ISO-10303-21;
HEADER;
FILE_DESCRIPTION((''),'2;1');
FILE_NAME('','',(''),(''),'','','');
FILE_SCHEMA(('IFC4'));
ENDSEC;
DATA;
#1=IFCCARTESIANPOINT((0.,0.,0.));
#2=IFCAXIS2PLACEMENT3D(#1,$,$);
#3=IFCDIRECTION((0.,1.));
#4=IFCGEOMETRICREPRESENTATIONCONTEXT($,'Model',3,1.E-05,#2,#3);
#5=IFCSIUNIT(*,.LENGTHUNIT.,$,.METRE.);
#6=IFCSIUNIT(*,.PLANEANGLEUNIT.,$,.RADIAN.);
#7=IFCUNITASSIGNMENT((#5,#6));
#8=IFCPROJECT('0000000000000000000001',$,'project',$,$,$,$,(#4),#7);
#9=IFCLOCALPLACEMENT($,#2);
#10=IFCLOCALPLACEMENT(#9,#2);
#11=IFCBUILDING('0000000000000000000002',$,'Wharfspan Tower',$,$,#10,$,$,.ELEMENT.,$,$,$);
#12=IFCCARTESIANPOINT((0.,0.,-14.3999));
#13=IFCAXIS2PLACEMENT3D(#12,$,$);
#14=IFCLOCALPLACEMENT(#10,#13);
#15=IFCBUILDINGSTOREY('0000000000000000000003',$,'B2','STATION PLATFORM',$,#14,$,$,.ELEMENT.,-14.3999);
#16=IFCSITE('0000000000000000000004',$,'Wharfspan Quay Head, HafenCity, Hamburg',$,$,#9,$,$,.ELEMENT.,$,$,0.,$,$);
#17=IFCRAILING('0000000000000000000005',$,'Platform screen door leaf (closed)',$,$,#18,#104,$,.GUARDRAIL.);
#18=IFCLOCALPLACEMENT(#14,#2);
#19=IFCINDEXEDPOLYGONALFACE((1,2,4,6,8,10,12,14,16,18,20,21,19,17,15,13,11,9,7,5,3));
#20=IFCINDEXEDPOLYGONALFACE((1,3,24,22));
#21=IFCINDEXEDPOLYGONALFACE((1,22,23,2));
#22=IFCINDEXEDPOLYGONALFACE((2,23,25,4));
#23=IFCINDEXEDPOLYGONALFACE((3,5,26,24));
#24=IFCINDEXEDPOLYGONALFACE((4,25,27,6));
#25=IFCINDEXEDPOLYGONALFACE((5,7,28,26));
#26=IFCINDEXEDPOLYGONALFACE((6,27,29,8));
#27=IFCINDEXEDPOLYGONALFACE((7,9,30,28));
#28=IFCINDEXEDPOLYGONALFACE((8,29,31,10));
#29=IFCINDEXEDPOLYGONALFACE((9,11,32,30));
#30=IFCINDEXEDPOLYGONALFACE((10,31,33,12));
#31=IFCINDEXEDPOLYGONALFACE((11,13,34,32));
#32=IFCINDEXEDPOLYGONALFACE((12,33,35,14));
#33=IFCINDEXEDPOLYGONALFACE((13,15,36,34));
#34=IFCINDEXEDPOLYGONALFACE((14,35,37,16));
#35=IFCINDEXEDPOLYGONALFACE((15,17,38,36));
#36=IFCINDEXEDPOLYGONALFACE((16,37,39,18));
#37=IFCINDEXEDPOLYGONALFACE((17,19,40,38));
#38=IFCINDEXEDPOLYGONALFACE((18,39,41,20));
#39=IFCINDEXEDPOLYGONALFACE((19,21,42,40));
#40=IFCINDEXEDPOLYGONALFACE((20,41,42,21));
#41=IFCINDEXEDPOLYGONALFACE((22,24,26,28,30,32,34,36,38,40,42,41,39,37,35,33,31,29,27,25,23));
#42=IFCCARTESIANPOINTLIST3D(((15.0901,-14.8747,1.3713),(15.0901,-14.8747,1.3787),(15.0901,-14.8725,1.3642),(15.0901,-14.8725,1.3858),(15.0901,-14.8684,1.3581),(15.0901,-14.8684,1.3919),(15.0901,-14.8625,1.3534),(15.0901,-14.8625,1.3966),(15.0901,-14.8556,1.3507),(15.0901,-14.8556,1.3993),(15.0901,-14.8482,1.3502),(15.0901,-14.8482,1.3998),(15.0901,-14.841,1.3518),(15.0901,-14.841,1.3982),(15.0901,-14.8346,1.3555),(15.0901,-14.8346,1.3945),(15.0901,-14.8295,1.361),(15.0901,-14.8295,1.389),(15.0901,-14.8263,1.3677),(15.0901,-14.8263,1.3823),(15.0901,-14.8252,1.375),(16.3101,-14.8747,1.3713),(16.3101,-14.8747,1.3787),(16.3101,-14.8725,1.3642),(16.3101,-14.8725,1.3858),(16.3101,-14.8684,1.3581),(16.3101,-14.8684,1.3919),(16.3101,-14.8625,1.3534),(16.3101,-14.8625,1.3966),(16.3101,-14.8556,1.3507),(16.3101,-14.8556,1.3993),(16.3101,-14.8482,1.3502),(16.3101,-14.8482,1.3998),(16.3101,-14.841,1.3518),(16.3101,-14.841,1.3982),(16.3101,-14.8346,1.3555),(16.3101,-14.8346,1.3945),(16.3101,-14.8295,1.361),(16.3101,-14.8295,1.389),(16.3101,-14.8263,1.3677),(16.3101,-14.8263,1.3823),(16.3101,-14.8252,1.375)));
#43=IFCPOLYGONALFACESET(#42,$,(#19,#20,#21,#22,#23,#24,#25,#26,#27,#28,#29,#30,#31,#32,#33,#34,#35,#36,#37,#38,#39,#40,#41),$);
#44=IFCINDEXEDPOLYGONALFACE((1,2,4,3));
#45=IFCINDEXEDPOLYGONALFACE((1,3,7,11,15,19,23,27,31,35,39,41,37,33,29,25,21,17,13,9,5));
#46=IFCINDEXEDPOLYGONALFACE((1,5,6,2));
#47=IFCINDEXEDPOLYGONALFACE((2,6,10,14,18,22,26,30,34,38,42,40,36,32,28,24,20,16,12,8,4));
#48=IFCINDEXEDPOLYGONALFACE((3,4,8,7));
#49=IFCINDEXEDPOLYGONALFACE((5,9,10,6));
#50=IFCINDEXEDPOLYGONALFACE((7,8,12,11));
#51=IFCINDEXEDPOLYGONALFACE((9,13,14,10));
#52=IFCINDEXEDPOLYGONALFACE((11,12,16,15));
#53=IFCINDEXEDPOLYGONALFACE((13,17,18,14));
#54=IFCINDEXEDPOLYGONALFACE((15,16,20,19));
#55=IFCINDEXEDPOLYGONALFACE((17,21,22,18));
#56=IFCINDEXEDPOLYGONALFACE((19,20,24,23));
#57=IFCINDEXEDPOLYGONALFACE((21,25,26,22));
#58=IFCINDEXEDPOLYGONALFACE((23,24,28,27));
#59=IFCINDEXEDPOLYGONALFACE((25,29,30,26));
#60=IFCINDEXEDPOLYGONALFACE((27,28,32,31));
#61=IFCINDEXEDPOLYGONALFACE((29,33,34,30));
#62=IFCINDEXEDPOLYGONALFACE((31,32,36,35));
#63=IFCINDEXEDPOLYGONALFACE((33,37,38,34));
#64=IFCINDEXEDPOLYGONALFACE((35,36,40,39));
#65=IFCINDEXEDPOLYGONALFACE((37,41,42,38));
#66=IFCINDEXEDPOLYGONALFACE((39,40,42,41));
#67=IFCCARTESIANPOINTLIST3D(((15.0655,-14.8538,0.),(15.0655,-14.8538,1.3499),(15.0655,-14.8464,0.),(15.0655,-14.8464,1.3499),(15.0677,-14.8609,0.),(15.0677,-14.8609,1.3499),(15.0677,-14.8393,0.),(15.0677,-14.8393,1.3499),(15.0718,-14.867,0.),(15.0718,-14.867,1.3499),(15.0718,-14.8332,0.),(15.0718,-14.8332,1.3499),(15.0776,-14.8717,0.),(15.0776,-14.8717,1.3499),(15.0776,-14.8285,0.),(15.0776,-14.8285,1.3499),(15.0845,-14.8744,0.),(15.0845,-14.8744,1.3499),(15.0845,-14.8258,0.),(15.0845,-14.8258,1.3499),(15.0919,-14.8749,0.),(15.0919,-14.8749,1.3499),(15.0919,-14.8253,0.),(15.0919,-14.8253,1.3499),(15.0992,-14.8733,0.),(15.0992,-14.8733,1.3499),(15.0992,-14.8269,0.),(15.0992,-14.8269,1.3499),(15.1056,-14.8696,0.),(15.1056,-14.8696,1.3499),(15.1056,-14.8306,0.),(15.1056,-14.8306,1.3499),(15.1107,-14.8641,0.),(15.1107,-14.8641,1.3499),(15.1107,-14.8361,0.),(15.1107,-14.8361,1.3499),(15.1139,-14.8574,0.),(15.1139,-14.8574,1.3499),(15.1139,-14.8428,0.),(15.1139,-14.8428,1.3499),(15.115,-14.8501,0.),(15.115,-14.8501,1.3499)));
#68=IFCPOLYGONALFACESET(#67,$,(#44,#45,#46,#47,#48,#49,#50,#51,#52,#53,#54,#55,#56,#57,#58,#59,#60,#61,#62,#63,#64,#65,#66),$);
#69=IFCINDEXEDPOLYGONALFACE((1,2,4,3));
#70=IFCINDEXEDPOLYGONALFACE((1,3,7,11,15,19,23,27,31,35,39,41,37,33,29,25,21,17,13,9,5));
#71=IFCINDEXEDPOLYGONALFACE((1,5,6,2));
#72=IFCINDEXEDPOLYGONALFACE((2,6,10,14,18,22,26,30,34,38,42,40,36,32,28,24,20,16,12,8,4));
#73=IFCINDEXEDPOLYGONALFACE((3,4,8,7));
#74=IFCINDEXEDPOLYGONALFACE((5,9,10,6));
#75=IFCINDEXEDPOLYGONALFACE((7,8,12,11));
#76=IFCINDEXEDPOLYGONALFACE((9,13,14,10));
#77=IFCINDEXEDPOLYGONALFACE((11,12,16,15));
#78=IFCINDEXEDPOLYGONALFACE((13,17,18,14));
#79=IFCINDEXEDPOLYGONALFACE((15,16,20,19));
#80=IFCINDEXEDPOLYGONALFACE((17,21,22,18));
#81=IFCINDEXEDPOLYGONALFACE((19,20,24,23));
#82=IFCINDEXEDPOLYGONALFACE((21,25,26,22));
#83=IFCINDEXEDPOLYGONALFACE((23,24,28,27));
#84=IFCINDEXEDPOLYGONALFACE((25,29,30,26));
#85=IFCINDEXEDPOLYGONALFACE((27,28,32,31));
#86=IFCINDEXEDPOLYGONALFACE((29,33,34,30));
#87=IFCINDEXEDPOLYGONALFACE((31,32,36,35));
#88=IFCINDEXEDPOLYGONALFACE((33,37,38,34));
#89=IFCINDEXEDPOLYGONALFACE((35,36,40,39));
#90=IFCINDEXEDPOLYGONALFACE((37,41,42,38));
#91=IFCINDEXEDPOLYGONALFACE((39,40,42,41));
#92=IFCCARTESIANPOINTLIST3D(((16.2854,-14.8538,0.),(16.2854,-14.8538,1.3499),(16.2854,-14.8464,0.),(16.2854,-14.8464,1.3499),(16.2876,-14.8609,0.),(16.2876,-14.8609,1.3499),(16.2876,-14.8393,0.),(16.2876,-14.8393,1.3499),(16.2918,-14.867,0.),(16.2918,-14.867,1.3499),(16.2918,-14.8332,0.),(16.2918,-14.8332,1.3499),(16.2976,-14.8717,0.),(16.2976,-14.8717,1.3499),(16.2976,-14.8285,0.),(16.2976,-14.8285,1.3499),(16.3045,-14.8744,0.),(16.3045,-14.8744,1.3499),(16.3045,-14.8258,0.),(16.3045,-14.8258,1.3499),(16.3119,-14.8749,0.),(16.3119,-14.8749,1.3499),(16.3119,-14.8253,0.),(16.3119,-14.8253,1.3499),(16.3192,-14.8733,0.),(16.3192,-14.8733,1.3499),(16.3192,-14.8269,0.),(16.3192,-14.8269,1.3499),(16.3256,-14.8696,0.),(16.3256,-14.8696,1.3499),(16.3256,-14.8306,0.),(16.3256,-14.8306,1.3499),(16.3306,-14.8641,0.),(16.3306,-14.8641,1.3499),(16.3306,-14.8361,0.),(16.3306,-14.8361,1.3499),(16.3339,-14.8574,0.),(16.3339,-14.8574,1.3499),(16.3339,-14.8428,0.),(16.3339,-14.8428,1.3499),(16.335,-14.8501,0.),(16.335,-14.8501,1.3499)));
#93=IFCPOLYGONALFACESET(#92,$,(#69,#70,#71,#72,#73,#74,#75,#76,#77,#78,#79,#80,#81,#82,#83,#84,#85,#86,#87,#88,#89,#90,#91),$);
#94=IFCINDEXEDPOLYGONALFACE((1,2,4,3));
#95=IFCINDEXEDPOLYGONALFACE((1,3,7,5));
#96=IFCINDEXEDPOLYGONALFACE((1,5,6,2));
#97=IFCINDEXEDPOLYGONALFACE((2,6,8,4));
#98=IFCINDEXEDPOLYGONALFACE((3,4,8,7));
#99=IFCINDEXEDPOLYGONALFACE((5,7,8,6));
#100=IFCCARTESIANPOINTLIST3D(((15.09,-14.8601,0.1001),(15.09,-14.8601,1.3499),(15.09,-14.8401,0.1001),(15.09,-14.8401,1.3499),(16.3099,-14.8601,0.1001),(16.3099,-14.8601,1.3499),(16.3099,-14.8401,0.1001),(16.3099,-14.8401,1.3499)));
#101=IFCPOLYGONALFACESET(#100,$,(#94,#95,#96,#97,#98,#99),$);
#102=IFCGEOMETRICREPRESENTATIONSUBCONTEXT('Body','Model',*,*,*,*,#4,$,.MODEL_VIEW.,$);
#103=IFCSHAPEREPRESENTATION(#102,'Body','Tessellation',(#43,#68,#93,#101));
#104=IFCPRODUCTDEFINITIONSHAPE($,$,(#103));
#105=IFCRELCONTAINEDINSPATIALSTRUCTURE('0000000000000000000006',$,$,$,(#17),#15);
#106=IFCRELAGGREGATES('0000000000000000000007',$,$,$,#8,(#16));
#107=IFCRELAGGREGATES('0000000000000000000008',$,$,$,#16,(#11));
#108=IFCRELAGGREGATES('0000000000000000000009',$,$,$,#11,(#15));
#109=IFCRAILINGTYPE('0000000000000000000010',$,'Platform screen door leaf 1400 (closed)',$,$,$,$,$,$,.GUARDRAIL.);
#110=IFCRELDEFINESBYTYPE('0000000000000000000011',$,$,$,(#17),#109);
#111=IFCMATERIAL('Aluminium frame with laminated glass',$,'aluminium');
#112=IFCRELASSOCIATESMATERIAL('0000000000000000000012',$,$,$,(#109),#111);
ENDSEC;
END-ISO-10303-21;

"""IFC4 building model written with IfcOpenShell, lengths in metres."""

from ifc_helpers import new_model, si_unit, direction, frame, origin, origin_2d, place, context, subcontext, project, spatial, rectangle, circle, extrude, material, type_object, element, save


model = new_model("IFC4")

# Units and contexts
model_context = context("Model", 3, precision=1e-05, world=origin(), true_north=direction((0.0, 1.0)))
body_context = subcontext(model_context, "Body", "Model", "MODEL_VIEW")
ifc_project = project(units=[si_unit("LENGTHUNIT", "METRE"), si_unit("PLANEANGLEUNIT", "RADIAN")], contexts=[model_context])

# Site, building, storey
site_placement = place(None, origin())
site = spatial("IfcSite", under=ifc_project, at=site_placement, Name="Wharfspan Quay Head, HafenCity, Hamburg", CompositionType="ELEMENT", RefElevation=0.0)
building_placement = place(site_placement, origin())
building = spatial("IfcBuilding", under=site, at=building_placement, Name="Wharfspan Tower", CompositionType="ELEMENT")
storey_placement = place(building_placement, frame((0.0, 0.0, -14.3999)))
storey = spatial("IfcBuildingStorey", under=building, at=storey_placement, Name="B2", Description="STATION PLATFORM", CompositionType="ELEMENT", Elevation=-14.3999)

# Railing
ifc_material_1 = material(Name="Aluminium frame with laminated glass", Category="aluminium")
railing_type_1 = type_object("IfcRailingType", Name="Platform screen door leaf 1400 (closed)", PredefinedType="GUARDRAIL", material=ifc_material_1)
for number, where, name in (
    (1, (15.0901, -14.8501, 0.0), "Platform screen door leaf (closed)"),
):
    element("IfcRailing", number, at=place(storey_placement, frame(where)), inside=storey, type_object=railing_type_1, Name=name, PredefinedType="GUARDRAIL", context=body_context, shape_type="SweptSolid", body=[
        extrude(circle(Radius=0.0249, at=origin_2d()), frame((0.0, 0.0, 1.375), z_axis=(1.0, 0.0, 0.0), x_axis=(0.0, 1.0, 0.0)), (0.0, 0.0, 1.0), 1.22),
        extrude(circle(Radius=0.0249, at=origin_2d()), origin(), (0.0, 0.0, 1.0), 1.3499),
        extrude(circle(Radius=0.0249, at=origin_2d()), frame((1.22, 0.0, 0.0)), (0.0, 0.0, 1.0), 1.3499),
        extrude(rectangle(XDim=1.22, YDim=0.02, at=origin_2d()), frame((0.6099, 0.0, 0.1001), z_axis=(0.0, 0.0, 1.0), x_axis=(1.0, 0.0, 0.0)), (0.0, 0.0, 1.0), 1.2498),
    ])

save(model, "model.ifc")
